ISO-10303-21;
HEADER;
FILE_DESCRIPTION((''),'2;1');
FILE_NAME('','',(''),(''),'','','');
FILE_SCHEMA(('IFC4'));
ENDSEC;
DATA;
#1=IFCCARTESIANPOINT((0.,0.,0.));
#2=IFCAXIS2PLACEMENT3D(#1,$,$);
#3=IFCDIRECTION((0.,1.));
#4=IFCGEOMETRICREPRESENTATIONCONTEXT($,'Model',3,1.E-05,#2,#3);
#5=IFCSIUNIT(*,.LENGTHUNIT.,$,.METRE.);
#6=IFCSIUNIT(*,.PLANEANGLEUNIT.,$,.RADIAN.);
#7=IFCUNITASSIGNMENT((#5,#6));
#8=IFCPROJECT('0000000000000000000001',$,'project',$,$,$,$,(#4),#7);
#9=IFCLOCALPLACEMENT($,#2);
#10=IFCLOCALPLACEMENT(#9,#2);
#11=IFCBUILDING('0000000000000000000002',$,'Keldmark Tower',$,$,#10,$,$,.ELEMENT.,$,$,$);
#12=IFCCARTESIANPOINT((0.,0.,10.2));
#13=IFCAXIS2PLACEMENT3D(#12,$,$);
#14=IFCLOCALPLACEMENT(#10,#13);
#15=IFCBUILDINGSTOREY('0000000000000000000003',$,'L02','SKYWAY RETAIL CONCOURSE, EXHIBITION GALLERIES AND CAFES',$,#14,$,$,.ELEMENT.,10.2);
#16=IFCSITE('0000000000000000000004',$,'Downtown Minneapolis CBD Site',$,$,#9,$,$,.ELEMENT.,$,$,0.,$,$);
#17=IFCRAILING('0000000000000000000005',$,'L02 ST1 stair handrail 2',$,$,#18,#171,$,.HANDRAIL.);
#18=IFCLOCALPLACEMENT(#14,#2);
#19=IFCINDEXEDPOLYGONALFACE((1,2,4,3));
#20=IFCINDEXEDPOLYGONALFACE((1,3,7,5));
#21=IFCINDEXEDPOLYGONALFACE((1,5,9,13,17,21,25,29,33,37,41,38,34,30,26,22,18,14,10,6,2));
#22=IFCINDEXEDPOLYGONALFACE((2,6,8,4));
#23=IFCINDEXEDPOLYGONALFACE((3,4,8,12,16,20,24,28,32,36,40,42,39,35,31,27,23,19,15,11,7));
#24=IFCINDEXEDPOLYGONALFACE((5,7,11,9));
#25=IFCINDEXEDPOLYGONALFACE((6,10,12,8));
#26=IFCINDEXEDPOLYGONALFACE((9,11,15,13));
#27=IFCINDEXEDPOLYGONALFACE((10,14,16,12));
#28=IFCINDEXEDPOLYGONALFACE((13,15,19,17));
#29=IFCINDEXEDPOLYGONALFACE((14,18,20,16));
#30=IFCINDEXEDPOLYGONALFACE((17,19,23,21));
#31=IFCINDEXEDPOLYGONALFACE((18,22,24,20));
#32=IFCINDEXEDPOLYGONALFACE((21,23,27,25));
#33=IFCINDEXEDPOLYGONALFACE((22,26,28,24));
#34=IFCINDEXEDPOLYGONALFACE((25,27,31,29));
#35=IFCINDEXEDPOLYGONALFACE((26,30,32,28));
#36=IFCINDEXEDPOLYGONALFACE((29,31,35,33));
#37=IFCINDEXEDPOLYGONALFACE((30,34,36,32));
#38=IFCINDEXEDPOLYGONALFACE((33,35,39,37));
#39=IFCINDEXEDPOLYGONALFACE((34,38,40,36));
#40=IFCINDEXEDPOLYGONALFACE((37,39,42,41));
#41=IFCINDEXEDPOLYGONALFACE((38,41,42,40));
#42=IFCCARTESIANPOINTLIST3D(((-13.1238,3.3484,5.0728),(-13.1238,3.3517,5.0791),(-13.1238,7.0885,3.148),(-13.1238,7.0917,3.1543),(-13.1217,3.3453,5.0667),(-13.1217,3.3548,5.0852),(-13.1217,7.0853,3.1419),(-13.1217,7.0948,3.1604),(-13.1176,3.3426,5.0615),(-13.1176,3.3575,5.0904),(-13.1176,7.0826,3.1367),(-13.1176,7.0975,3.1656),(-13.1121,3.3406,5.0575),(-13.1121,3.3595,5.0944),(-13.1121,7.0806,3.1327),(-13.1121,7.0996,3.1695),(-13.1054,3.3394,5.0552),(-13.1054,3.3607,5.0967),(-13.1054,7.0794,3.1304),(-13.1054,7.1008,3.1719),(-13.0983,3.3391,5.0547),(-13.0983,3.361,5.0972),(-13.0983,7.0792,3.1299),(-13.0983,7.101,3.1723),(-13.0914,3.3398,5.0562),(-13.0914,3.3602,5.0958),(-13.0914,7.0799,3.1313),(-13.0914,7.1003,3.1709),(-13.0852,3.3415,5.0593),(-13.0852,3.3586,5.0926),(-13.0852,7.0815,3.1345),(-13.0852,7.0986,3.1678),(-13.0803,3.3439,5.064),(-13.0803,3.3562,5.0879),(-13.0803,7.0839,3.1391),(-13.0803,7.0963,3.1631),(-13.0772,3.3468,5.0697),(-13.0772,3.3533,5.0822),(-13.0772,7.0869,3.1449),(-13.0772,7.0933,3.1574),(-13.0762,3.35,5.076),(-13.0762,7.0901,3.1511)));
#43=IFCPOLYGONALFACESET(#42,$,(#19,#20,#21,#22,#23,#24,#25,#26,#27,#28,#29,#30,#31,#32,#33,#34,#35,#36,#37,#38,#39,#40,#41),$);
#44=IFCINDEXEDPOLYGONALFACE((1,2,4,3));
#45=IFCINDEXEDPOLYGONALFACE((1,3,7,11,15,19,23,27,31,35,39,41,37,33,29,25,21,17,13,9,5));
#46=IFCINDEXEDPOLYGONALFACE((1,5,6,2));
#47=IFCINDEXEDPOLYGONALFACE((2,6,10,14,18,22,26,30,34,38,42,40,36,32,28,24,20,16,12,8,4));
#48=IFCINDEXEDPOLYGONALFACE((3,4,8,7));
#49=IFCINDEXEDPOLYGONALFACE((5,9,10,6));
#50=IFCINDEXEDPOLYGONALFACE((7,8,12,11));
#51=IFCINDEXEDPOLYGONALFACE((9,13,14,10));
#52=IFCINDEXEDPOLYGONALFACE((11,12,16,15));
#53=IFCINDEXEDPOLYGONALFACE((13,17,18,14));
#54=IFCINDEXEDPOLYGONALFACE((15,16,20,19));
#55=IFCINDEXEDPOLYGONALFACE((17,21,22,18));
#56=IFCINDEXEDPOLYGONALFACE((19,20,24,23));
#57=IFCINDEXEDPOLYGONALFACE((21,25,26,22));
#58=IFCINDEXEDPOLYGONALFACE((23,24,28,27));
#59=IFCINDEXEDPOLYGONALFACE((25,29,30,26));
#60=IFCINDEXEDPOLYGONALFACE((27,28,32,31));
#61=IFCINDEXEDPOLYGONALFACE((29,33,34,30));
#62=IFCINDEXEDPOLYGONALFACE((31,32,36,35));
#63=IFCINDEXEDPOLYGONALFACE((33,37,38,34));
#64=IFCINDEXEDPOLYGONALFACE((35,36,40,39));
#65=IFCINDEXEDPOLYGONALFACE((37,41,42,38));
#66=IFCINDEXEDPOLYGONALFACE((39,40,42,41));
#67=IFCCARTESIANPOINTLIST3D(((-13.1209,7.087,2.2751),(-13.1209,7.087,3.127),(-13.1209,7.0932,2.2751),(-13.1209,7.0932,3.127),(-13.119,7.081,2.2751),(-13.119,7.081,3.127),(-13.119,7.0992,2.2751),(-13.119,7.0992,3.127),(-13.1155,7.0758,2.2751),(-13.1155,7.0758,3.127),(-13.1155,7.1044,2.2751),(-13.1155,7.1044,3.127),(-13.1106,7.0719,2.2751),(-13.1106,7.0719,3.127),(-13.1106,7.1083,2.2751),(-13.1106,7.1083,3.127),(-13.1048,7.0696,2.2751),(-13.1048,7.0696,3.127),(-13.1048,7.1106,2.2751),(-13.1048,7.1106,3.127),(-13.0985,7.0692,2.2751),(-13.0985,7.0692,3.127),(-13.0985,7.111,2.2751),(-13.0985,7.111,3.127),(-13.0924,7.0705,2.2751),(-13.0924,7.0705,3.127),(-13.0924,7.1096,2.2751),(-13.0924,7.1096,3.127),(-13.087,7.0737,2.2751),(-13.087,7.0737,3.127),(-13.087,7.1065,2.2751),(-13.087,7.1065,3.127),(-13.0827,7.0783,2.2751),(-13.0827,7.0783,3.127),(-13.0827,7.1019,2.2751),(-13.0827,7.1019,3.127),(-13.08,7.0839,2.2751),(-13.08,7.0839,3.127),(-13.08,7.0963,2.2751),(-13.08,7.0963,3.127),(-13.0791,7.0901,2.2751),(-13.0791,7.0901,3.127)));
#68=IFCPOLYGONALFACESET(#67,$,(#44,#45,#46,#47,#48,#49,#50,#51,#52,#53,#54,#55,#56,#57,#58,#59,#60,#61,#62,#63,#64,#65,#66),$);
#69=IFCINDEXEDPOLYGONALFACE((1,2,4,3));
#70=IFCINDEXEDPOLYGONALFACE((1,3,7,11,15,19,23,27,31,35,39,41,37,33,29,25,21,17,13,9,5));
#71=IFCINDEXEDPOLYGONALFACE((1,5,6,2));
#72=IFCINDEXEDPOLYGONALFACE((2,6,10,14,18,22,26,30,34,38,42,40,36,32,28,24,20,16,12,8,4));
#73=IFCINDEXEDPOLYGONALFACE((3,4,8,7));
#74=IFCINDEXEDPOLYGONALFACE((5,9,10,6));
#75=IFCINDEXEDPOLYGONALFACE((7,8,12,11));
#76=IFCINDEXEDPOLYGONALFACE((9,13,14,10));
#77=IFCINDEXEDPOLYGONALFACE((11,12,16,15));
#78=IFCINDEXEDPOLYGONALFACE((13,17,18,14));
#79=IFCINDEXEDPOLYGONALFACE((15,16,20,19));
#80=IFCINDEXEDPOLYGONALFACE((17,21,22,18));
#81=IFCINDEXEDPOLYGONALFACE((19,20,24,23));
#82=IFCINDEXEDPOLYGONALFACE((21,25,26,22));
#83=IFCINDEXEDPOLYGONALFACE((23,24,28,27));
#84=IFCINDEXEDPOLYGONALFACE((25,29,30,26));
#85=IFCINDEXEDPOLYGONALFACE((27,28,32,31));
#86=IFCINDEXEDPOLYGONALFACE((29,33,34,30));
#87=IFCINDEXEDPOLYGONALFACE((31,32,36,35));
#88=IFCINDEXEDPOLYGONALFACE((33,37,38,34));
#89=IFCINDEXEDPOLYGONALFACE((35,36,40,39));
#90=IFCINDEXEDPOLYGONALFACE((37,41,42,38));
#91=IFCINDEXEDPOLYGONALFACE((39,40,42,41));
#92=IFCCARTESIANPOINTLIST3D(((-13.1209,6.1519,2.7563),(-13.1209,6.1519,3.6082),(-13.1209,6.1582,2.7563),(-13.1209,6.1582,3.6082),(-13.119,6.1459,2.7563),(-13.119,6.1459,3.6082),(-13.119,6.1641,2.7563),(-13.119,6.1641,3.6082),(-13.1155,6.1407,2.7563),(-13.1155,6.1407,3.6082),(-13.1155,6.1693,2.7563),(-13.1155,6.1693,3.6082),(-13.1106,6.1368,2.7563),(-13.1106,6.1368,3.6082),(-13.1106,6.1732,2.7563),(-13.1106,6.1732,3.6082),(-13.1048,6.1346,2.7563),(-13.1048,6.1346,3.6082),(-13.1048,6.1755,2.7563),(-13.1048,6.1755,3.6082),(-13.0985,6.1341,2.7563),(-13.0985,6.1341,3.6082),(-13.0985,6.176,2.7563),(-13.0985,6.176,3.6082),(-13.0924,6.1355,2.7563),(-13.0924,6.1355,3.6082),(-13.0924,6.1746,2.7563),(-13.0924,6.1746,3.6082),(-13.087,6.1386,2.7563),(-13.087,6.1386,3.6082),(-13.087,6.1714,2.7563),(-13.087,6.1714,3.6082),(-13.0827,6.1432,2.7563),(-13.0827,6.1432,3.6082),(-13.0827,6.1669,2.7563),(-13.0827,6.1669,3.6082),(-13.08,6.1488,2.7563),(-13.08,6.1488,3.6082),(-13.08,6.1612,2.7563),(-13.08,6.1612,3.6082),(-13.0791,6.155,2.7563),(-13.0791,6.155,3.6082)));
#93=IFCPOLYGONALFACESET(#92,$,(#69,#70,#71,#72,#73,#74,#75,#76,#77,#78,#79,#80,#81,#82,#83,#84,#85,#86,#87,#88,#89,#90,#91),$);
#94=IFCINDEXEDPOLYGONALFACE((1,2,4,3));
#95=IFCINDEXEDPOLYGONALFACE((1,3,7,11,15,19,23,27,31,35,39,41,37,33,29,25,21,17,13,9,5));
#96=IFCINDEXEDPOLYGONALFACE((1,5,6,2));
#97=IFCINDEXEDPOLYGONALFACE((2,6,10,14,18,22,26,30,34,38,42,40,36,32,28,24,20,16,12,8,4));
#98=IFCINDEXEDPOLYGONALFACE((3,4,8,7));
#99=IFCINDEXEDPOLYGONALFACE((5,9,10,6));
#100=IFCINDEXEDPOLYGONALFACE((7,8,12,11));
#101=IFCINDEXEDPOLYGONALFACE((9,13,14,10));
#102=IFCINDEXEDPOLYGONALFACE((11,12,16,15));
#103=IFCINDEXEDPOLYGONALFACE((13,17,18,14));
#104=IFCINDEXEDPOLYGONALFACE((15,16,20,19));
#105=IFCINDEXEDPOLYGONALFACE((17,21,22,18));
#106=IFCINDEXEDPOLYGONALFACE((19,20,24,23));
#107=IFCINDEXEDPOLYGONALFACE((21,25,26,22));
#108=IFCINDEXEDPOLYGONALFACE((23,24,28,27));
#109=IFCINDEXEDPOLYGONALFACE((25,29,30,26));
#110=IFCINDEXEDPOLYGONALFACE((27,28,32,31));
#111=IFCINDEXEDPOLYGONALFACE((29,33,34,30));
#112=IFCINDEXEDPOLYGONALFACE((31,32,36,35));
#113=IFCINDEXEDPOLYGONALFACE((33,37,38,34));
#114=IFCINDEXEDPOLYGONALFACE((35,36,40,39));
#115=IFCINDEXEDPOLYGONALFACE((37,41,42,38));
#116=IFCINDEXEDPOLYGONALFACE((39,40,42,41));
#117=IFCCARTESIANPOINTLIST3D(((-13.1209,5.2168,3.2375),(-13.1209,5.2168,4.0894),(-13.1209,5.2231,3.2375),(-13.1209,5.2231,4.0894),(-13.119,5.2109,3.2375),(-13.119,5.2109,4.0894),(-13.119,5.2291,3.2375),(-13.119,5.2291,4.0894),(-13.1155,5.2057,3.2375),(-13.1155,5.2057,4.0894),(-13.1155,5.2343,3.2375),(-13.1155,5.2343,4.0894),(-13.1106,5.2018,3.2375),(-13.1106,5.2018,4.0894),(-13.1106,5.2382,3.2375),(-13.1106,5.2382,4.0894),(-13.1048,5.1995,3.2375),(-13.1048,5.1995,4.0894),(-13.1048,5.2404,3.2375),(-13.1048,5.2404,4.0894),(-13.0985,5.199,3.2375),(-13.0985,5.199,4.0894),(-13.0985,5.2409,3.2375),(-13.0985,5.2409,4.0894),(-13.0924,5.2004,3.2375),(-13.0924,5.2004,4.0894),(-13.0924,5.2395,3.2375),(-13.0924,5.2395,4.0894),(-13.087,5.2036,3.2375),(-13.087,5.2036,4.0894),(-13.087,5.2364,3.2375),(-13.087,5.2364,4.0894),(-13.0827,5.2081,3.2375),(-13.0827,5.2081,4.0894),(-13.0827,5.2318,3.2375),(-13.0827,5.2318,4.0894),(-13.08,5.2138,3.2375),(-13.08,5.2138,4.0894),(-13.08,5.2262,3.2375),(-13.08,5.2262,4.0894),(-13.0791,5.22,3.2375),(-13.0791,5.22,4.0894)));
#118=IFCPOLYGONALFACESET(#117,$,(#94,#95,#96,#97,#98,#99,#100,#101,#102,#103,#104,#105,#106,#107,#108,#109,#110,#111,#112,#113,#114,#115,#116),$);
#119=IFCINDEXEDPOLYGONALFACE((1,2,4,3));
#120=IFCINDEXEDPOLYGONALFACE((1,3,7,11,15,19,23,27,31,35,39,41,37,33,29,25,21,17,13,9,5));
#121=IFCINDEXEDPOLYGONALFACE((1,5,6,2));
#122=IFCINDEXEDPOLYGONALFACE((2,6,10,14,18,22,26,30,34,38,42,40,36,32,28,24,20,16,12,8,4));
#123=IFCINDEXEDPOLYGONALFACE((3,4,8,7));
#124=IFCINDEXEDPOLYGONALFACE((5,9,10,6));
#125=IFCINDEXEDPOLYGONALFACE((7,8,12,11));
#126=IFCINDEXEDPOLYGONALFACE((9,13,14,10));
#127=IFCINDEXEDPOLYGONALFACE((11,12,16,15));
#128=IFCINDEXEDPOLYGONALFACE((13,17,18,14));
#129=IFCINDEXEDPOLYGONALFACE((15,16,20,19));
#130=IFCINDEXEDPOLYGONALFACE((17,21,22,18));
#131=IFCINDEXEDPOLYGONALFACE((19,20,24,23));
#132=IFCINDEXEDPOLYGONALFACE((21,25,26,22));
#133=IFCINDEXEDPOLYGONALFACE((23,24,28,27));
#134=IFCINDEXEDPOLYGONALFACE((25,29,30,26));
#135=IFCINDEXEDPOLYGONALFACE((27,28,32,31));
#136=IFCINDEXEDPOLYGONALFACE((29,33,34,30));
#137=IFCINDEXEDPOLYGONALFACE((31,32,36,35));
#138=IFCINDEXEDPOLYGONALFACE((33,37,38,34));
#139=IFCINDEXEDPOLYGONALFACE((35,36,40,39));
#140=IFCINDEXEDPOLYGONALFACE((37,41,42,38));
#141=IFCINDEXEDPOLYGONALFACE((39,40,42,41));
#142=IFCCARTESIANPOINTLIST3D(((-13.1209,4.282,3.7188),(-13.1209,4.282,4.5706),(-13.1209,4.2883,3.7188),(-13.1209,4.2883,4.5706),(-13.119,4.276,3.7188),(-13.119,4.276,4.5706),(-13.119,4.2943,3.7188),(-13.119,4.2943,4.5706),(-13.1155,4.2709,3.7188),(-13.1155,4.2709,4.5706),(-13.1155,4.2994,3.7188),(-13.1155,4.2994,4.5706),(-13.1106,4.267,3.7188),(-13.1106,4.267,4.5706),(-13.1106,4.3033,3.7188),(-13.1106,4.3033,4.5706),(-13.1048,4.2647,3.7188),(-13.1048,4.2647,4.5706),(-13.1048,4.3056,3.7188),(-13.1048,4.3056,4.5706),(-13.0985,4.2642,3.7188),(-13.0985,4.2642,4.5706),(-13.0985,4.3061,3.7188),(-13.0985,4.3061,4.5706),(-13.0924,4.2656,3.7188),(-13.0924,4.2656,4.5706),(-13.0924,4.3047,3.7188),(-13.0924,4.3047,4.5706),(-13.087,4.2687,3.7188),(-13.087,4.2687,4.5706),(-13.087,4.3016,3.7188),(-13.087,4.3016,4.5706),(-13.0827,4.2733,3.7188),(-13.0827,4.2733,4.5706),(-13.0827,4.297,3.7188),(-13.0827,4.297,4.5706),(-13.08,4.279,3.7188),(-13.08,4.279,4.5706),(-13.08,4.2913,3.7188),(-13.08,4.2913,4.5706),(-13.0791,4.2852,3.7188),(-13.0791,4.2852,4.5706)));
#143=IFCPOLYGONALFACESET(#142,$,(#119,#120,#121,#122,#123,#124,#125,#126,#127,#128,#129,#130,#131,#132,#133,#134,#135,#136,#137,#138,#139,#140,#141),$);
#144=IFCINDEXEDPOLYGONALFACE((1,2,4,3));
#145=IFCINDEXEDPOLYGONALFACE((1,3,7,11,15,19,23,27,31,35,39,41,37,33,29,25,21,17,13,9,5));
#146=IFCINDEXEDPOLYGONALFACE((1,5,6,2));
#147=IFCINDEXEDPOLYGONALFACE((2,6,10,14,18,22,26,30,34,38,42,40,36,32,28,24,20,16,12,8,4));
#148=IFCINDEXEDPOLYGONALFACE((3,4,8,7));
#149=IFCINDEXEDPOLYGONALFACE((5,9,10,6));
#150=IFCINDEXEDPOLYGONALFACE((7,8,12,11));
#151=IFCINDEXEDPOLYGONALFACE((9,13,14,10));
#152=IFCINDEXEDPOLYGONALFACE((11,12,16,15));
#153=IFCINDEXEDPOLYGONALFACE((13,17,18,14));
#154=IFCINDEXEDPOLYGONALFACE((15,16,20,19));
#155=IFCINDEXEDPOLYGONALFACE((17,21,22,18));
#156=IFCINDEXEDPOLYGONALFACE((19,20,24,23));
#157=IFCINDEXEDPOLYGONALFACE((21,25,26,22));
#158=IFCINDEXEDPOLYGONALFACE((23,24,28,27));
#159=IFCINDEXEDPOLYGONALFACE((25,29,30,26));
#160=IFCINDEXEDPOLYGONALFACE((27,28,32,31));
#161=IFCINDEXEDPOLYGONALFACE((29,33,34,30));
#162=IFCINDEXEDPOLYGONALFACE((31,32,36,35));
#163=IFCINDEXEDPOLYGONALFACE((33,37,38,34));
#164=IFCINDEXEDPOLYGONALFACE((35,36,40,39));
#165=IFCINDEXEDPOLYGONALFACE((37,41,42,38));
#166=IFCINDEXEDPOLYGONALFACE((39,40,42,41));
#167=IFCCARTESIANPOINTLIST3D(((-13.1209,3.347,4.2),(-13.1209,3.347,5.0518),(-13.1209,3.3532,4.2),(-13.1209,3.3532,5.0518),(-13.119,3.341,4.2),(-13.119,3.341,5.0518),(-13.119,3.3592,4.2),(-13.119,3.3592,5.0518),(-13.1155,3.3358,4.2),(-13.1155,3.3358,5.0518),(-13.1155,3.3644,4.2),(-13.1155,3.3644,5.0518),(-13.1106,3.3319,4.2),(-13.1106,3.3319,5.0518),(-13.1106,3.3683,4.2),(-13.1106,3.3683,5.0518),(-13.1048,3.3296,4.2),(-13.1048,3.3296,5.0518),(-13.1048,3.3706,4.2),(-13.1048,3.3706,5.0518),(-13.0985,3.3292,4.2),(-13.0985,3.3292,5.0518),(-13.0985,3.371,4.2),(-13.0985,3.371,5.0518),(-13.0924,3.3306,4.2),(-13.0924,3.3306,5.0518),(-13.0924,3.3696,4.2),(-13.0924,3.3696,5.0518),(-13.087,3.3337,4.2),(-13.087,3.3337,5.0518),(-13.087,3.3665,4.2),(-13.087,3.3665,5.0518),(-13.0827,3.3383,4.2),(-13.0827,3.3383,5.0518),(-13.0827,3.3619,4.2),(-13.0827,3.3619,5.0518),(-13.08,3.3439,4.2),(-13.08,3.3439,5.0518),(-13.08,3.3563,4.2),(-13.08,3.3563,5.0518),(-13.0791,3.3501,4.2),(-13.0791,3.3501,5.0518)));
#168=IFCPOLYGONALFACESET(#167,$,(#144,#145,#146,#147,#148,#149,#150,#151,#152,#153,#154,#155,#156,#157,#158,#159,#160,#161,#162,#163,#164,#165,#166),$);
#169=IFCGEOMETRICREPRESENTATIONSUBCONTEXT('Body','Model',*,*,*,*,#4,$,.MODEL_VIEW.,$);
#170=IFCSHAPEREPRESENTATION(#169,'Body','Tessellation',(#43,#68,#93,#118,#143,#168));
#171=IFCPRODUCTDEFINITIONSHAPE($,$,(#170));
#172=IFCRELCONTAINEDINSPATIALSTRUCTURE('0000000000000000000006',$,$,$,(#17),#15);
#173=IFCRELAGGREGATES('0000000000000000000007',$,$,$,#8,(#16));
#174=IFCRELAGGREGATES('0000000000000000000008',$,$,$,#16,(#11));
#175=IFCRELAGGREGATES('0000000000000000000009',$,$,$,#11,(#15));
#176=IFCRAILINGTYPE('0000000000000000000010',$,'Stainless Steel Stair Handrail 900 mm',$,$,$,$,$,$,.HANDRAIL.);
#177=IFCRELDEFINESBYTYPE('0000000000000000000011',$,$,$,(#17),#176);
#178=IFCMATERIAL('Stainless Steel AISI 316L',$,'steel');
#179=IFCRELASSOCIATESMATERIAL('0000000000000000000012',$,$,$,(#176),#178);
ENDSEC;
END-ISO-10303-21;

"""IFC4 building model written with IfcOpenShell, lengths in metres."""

from ifc_helpers import new_model, si_unit, direction, frame, origin, origin_2d, place, context, subcontext, project, spatial, circle, extrude, material, type_object, element, save


model = new_model("IFC4")

# Units and contexts
model_context = context("Model", 3, precision=1e-05, world=origin(), true_north=direction((0.0, 1.0)))
body_context = subcontext(model_context, "Body", "Model", "MODEL_VIEW")
ifc_project = project(units=[si_unit("LENGTHUNIT", "METRE"), si_unit("PLANEANGLEUNIT", "RADIAN")], contexts=[model_context])

# Site, building, storey
site_placement = place(None, origin())
site = spatial("IfcSite", under=ifc_project, at=site_placement, Name="Downtown Minneapolis CBD Site", CompositionType="ELEMENT", RefElevation=0.0)
building_placement = place(site_placement, origin())
building = spatial("IfcBuilding", under=site, at=building_placement, Name="Keldmark Tower", CompositionType="ELEMENT")
storey_placement = place(building_placement, frame((0.0, 0.0, 10.2)))
storey = spatial("IfcBuildingStorey", under=building, at=storey_placement, Name="L02", Description="SKYWAY RETAIL CONCOURSE, EXHIBITION GALLERIES AND CAFES", CompositionType="ELEMENT", Elevation=10.2)

# Railing
ifc_material_1 = material(Name="Stainless Steel AISI 316L", Category="steel")
railing_type_1 = type_object("IfcRailingType", Name="Stainless Steel Stair Handrail 900 mm", PredefinedType="HANDRAIL", material=ifc_material_1)
railing_1_placement = place(storey_placement, frame((-13.1001, 7.0901, 2.2751)))
element("IfcRailing", 1, at=railing_1_placement, inside=storey, type_object=railing_type_1, Name="L02 ST1 stair handrail 2", PredefinedType="HANDRAIL", context=body_context, shape_type="SweptSolid", body=[
    extrude(circle(Radius=0.0239, at=origin_2d()), frame((0.0, 0.0, 0.876), z_axis=(0.0, -0.889154, 0.457608), x_axis=(1.0, 0.0, 0.0)), (0.0, 0.0, 1.0), 4.2063),
    extrude(circle(Radius=0.021, at=origin_2d()), origin(), (0.0, 0.0, 1.0), 0.8518),
    extrude(circle(Radius=0.021, at=origin_2d()), frame((0.0, -0.9351, 0.4812)), (0.0, 0.0, 1.0), 0.8518),
    extrude(circle(Radius=0.021, at=origin_2d()), frame((0.0, -1.8701, 0.9624)), (0.0, 0.0, 1.0), 0.8518),
    extrude(circle(Radius=0.021, at=origin_2d()), frame((0.0, -2.8049, 1.4436)), (0.0, 0.0, 1.0), 0.8518),
    extrude(circle(Radius=0.021, at=origin_2d()), frame((0.0, -3.74, 1.9248)), (0.0, 0.0, 1.0), 0.8518),
])

save(model, "model.ifc")
